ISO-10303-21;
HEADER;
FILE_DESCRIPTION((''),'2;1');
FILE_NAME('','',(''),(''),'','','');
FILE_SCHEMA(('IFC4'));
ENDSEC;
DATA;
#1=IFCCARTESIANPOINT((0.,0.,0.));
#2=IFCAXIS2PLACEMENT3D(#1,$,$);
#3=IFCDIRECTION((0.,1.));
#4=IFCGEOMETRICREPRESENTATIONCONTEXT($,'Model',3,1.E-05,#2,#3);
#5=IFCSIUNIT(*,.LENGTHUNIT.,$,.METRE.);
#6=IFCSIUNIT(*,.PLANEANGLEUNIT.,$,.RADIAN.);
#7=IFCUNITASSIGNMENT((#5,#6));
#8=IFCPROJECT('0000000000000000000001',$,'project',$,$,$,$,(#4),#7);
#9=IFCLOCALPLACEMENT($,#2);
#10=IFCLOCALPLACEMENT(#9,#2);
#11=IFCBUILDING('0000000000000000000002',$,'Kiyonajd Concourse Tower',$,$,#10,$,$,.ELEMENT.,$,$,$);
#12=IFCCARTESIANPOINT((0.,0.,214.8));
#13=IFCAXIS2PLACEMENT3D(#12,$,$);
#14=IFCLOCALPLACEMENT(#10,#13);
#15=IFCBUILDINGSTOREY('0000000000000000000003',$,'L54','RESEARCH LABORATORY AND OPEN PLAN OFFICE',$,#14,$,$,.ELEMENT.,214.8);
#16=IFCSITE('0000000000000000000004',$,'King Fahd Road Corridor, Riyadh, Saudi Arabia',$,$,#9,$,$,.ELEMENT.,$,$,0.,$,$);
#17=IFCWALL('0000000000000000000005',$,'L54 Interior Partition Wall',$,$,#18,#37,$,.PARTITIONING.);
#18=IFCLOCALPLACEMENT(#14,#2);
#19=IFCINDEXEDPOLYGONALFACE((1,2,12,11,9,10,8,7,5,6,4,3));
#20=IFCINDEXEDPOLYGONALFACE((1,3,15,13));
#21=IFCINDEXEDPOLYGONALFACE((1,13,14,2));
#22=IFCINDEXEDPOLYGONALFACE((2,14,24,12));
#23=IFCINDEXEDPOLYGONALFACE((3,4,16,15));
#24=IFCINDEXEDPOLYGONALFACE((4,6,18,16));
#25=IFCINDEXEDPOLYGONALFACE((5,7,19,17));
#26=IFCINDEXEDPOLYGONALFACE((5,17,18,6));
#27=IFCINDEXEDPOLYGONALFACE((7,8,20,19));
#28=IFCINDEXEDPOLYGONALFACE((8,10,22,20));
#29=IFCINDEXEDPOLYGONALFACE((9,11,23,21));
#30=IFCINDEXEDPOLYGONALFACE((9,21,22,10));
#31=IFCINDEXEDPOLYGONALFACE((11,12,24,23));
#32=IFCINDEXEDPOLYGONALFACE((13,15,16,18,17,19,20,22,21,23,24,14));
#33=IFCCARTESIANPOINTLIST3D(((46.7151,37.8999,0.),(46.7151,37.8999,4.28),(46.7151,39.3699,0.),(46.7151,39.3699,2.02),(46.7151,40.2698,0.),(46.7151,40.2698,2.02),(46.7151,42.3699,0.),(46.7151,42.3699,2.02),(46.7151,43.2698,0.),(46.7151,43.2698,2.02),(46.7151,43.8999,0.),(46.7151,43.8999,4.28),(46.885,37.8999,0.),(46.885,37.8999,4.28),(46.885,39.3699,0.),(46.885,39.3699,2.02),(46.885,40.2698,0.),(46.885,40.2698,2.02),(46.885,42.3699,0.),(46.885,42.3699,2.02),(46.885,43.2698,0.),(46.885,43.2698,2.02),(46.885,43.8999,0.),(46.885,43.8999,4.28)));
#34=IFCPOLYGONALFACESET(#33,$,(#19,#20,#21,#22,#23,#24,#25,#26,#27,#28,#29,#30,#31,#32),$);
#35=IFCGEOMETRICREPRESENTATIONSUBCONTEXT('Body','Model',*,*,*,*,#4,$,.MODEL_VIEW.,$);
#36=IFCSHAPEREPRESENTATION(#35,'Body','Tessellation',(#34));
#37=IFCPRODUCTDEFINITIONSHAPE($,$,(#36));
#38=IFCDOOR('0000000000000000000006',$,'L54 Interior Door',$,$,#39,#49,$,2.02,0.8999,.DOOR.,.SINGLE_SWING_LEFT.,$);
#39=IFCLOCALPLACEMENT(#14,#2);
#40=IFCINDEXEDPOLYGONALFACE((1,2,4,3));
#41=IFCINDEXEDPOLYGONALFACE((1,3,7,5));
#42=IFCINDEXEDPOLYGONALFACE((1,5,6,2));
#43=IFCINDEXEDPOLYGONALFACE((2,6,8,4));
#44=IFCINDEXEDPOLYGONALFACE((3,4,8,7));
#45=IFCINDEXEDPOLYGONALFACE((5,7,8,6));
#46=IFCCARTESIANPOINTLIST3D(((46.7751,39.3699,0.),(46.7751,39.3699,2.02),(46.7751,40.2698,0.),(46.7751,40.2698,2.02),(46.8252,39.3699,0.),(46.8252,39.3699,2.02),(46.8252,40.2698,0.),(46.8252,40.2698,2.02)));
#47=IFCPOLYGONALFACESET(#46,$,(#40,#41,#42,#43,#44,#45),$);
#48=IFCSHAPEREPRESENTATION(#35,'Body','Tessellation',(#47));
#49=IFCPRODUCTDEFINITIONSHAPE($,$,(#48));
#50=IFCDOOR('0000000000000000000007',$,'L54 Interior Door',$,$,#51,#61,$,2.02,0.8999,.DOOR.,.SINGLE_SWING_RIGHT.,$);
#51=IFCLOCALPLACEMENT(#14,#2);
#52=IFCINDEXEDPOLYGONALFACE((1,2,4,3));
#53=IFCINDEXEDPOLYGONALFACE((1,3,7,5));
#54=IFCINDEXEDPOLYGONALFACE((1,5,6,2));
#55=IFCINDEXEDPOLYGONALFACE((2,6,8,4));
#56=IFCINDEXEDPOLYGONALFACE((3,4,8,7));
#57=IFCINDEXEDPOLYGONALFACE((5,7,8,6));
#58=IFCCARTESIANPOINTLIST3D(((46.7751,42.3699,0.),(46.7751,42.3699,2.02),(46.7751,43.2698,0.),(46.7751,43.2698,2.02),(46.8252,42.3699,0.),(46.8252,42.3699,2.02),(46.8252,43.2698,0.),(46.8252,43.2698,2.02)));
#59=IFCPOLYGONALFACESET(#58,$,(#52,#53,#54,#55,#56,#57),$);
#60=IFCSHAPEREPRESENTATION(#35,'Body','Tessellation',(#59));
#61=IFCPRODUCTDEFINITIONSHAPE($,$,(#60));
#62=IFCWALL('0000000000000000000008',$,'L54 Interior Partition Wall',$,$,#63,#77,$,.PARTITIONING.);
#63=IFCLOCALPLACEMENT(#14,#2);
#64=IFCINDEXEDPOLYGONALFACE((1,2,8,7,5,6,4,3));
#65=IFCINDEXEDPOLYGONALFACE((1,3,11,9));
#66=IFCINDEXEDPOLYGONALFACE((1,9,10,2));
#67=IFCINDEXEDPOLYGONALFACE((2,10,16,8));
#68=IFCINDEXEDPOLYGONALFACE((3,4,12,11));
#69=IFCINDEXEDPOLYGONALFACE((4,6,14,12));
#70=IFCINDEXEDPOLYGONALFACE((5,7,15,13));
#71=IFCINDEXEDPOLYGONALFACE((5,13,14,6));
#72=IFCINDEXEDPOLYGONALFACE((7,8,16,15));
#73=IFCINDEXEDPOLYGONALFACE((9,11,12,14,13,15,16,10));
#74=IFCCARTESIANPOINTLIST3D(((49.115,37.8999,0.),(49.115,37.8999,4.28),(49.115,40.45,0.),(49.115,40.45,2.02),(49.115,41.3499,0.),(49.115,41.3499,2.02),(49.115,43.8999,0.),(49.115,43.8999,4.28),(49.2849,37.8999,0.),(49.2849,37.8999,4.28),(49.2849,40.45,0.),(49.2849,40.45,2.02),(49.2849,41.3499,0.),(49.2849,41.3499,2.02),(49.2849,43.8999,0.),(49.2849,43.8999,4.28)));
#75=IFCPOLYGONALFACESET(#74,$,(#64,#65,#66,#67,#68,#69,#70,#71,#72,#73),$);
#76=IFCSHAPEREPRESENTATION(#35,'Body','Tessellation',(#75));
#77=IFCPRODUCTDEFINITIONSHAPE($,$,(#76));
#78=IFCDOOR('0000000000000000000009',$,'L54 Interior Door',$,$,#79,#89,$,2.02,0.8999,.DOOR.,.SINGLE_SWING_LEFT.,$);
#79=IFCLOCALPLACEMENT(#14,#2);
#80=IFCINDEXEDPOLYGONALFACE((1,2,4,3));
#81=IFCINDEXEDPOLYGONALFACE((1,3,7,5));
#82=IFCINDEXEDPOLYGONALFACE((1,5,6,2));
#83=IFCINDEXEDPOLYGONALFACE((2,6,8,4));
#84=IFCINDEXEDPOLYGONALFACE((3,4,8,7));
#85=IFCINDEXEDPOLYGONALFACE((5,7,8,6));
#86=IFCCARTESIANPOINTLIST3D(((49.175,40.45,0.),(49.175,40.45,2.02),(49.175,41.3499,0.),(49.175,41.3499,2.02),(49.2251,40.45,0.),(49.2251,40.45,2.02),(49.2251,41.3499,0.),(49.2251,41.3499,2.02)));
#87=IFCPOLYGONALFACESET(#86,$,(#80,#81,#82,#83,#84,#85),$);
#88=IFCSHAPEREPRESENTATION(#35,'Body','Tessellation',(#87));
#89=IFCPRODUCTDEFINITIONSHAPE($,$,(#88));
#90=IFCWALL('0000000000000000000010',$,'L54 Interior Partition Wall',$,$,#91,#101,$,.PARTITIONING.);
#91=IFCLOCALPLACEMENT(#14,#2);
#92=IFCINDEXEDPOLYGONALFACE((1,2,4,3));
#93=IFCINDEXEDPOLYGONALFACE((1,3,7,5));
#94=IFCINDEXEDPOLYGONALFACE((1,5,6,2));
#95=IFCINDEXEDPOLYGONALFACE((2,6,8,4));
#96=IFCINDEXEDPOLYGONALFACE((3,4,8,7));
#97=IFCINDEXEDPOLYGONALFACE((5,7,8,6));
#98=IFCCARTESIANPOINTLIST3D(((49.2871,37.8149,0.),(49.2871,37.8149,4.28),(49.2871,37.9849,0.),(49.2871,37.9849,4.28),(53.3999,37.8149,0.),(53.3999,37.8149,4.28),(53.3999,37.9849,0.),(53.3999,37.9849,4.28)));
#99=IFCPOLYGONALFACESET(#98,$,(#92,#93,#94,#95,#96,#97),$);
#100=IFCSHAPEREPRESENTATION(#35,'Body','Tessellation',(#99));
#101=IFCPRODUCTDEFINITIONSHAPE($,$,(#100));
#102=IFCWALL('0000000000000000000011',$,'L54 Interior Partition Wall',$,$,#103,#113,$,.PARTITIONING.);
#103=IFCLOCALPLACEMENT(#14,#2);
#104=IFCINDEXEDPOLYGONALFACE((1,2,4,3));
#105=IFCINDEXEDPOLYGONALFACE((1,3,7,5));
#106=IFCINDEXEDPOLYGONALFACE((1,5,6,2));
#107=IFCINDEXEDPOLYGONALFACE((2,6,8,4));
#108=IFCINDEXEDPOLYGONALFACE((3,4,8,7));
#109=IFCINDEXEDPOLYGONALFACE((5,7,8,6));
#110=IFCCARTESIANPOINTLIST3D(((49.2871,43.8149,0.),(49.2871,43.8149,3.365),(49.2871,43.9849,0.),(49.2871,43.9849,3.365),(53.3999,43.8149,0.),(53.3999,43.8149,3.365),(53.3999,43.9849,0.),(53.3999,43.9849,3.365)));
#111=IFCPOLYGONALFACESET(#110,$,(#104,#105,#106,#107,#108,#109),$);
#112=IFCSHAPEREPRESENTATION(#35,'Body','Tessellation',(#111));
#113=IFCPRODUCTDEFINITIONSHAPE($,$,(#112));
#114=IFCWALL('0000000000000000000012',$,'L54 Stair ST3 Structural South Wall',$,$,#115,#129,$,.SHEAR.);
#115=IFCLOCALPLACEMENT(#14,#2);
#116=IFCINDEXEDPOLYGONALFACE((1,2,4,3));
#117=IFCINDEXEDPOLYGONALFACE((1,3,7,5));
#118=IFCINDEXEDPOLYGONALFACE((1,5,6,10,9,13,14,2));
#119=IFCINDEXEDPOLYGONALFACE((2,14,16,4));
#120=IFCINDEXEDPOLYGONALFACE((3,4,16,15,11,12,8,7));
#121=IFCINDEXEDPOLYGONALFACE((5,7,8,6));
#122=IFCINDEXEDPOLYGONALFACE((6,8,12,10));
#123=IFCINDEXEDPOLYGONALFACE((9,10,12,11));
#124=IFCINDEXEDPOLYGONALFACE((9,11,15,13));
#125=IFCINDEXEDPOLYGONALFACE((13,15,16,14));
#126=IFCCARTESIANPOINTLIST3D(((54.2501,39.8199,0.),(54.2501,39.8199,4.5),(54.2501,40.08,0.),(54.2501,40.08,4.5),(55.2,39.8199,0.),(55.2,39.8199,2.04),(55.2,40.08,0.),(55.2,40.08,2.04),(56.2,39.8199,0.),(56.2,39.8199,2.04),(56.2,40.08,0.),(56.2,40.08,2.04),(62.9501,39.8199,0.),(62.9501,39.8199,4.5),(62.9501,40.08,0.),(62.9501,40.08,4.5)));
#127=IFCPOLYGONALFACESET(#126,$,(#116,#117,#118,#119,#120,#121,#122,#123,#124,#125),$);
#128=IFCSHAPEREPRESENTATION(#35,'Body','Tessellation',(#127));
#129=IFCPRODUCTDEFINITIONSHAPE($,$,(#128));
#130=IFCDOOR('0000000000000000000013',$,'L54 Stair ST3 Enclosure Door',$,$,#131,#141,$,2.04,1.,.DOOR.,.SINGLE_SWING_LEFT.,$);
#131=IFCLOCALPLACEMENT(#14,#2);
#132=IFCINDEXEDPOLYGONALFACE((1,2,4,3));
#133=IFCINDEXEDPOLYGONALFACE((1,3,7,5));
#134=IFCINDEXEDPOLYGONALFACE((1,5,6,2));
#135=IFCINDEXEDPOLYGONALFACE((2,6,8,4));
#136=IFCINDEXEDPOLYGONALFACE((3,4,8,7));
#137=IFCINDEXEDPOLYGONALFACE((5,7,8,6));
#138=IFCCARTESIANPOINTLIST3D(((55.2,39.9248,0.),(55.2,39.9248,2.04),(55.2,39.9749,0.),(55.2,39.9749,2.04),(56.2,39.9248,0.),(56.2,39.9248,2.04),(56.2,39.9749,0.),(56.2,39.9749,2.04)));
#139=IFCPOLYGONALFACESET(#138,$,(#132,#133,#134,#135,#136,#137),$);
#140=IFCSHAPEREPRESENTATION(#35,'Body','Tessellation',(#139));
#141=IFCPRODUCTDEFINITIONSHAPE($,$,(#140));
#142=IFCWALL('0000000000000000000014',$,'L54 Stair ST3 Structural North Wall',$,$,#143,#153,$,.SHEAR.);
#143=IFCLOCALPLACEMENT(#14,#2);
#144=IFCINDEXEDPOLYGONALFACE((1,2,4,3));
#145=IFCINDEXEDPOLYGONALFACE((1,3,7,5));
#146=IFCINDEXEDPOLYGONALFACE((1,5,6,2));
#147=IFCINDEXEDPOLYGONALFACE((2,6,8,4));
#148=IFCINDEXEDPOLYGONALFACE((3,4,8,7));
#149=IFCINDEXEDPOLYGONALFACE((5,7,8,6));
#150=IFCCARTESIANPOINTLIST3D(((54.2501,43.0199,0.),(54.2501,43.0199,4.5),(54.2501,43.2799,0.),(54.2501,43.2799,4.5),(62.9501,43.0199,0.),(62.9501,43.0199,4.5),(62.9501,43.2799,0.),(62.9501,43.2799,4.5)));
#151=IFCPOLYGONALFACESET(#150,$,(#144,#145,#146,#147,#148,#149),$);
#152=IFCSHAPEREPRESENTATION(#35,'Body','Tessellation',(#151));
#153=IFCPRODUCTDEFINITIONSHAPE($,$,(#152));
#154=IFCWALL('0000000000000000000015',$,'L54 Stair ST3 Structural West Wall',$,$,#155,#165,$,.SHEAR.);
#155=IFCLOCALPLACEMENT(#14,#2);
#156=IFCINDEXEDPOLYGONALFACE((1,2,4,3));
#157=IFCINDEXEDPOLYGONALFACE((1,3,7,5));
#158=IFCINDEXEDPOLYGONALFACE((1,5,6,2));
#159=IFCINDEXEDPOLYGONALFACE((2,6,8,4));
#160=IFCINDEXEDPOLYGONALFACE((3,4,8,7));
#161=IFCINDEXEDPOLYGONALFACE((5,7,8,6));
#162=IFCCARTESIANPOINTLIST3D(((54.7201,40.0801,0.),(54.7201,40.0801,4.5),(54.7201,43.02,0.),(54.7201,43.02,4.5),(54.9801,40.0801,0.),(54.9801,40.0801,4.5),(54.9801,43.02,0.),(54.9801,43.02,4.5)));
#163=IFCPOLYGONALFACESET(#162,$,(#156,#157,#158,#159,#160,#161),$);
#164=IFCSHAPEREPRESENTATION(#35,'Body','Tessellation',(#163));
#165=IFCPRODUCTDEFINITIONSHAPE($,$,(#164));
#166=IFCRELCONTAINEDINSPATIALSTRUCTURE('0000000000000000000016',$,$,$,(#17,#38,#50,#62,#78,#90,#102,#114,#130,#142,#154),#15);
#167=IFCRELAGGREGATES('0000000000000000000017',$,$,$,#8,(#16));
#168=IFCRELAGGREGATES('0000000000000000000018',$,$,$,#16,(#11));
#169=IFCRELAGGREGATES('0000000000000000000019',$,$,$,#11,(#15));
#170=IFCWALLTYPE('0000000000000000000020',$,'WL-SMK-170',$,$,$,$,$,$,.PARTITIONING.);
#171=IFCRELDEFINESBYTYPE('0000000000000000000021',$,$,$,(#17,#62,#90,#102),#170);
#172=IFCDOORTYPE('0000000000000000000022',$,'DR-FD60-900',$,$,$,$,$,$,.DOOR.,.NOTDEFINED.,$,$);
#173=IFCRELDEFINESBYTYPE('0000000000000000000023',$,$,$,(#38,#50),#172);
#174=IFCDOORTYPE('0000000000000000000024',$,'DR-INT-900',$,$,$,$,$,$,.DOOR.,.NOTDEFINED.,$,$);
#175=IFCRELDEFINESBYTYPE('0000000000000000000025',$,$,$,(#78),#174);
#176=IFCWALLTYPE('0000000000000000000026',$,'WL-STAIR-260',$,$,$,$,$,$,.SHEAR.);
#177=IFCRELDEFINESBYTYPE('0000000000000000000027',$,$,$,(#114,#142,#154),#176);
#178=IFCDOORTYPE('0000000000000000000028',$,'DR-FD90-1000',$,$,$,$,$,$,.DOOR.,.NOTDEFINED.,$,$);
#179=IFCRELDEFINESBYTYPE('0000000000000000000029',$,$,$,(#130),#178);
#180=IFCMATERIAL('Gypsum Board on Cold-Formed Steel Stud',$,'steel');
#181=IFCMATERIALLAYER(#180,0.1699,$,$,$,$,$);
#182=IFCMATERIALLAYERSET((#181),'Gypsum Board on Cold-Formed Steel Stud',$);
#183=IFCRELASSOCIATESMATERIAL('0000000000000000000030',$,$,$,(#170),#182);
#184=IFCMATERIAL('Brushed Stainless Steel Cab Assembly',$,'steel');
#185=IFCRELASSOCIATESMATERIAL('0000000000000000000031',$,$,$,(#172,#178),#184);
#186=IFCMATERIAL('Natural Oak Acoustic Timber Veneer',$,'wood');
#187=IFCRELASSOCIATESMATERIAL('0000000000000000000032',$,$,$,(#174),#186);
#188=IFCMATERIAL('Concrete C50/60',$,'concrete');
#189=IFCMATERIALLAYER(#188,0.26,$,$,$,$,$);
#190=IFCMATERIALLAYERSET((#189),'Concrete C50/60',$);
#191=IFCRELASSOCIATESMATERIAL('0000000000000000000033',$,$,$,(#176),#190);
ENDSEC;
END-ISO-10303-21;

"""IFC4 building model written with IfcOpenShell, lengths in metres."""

from ifc_helpers import new_model, si_unit, direction, frame, frame_2d, origin, place, context, subcontext, project, spatial, rectangle, extrude, material, layer, layer_set, type_object, element, fill, save


model = new_model("IFC4")

# Units and contexts
model_context = context("Model", 3, precision=1e-05, world=origin(), true_north=direction((0.0, 1.0)))
body_context = subcontext(model_context, "Body", "Model", "MODEL_VIEW")
ifc_project = project(units=[si_unit("LENGTHUNIT", "METRE"), si_unit("PLANEANGLEUNIT", "RADIAN")], contexts=[model_context])

# Site, building, storey
site_placement = place(None, origin())
site = spatial("IfcSite", under=ifc_project, at=site_placement, Name="King Fahd Road Corridor, Riyadh, Saudi Arabia", CompositionType="ELEMENT", RefElevation=0.0)
building_placement = place(site_placement, origin())
building = spatial("IfcBuilding", under=site, at=building_placement, Name="Kiyonajd Concourse Tower", CompositionType="ELEMENT")
storey_placement = place(building_placement, frame((0.0, 0.0, 214.8)))
storey = spatial("IfcBuildingStorey", under=building, at=storey_placement, Name="L54", Description="RESEARCH LABORATORY AND OPEN PLAN OFFICE", CompositionType="ELEMENT", Elevation=214.8)

# Shared definitions
ifc_material_1 = material(Name="Concrete C50/60", Category="concrete")

# Shared definitions
ifc_material_2 = material(Name="Gypsum Board on Cold-Formed Steel Stud", Category="steel")

# Wall, openings, doors
ifc_layer_1 = layer(ifc_material_2, 0.1699)
ifc_layer_set_1 = layer_set([ifc_layer_1], Name="Gypsum Board on Cold-Formed Steel Stud")
wall_type_1 = type_object("IfcWallType", Name="WL-SMK-170", PredefinedType="PARTITIONING", material=ifc_layer_set_1)
wall_1_placement = place(storey_placement, frame((46.8, 37.8999, 0.0), z_axis=(0.0, 0.0, 1.0), x_axis=(0.0, 1.0, 0.0)))
wall_1 = element("IfcWall", 1, at=wall_1_placement, inside=storey, type_object=wall_type_1, Name="L54 Interior Partition Wall", PredefinedType="PARTITIONING", context=body_context, shape_type="SweptSolid", body=[
    extrude(rectangle(XDim=6.0, YDim=0.1699, at=frame_2d((3.0, 0.0))), origin(), (0.0, 0.0, 1.0), 4.28),
])
opening_1_placement = place(wall_1_placement, frame((1.47, 0.0, 0.0)))
opening_1 = element("IfcOpeningElement", 2, at=opening_1_placement, cuts=wall_1, PredefinedType="OPENING", context=body_context, shape_type="SweptSolid", body=[
    extrude(rectangle(XDim=0.8999, YDim=2.02, at=frame_2d((0.45, 1.01))), frame((0.0, 0.095, 0.0), z_axis=(0.0, -1.0, 0.0), x_axis=(1.0, 0.0, 0.0)), (0.0, 0.0, 1.0), 0.1899),
])
opening_2_placement = place(wall_1_placement, frame((4.47, 0.0, 0.0)))
opening_2 = element("IfcOpeningElement", 3, at=opening_2_placement, cuts=wall_1, PredefinedType="OPENING", context=body_context, shape_type="SweptSolid", body=[
    extrude(rectangle(XDim=0.8999, YDim=2.02, at=frame_2d((0.45, 1.01))), frame((0.0, 0.095, 0.0), z_axis=(0.0, -1.0, 0.0), x_axis=(1.0, 0.0, 0.0)), (0.0, 0.0, 1.0), 0.1899),
])
ifc_material_3 = material(Name="Brushed Stainless Steel Cab Assembly", Category="steel")
door_type_1 = type_object("IfcDoorType", Name="DR-FD60-900", OperationType="NOTDEFINED", PredefinedType="DOOR", material=ifc_material_3)
door_1_placement = place(opening_1_placement, origin())
door_1 = element("IfcDoor", 4, at=door_1_placement, inside=storey, type_object=door_type_1, Name="L54 Interior Door", OperationType="SINGLE_SWING_LEFT", OverallHeight=2.02, OverallWidth=0.8999, PredefinedType="DOOR", context=body_context, shape_type="SweptSolid", body=[
    extrude(rectangle(XDim=0.8999, YDim=2.02, at=frame_2d((0.45, 1.01))), frame((0.0, 0.0249, 0.0), z_axis=(0.0, -1.0, 0.0), x_axis=(1.0, 0.0, 0.0)), (0.0, 0.0, 1.0), 0.05),
])
fill(opening_1, door_1)
door_2_placement = place(opening_2_placement, origin())
door_2 = element("IfcDoor", 5, at=door_2_placement, inside=storey, type_object=door_type_1, Name="L54 Interior Door", OperationType="SINGLE_SWING_RIGHT", OverallHeight=2.02, OverallWidth=0.8999, PredefinedType="DOOR", context=body_context, shape_type="SweptSolid", body=[
    extrude(rectangle(XDim=0.8999, YDim=2.02, at=frame_2d((0.45, 1.01))), frame((0.0, 0.0249, 0.0), z_axis=(0.0, -1.0, 0.0), x_axis=(1.0, 0.0, 0.0)), (0.0, 0.0, 1.0), 0.05),
])
fill(opening_2, door_2)

# Wall, opening, door
wall_2_placement = place(storey_placement, frame((49.2, 37.8999, 0.0), z_axis=(0.0, 0.0, 1.0), x_axis=(0.0, 1.0, 0.0)))
wall_2 = element("IfcWall", 6, at=wall_2_placement, inside=storey, type_object=wall_type_1, Name="L54 Interior Partition Wall", PredefinedType="PARTITIONING", context=body_context, shape_type="SweptSolid", body=[
    extrude(rectangle(XDim=6.0, YDim=0.1699, at=frame_2d((3.0, 0.0))), origin(), (0.0, 0.0, 1.0), 4.28),
])
opening_3_placement = place(wall_2_placement, frame((2.55, 0.0, 0.0)))
opening_3 = element("IfcOpeningElement", 7, at=opening_3_placement, cuts=wall_2, PredefinedType="OPENING", context=body_context, shape_type="SweptSolid", body=[
    extrude(rectangle(XDim=0.8999, YDim=2.02, at=frame_2d((0.45, 1.01))), frame((0.0, 0.095, 0.0), z_axis=(0.0, -1.0, 0.0), x_axis=(1.0, 0.0, 0.0)), (0.0, 0.0, 1.0), 0.1899),
])
ifc_material_4 = material(Name="Natural Oak Acoustic Timber Veneer", Category="wood")
door_type_2 = type_object("IfcDoorType", Name="DR-INT-900", OperationType="NOTDEFINED", PredefinedType="DOOR", material=ifc_material_4)
door_3_placement = place(opening_3_placement, origin())
door_3 = element("IfcDoor", 8, at=door_3_placement, inside=storey, type_object=door_type_2, Name="L54 Interior Door", OperationType="SINGLE_SWING_LEFT", OverallHeight=2.02, OverallWidth=0.8999, PredefinedType="DOOR", context=body_context, shape_type="SweptSolid", body=[
    extrude(rectangle(XDim=0.8999, YDim=2.02, at=frame_2d((0.45, 1.01))), frame((0.0, 0.0249, 0.0), z_axis=(0.0, -1.0, 0.0), x_axis=(1.0, 0.0, 0.0)), (0.0, 0.0, 1.0), 0.05),
])
fill(opening_3, door_3)

# Walls
wall_3_placement = place(storey_placement, frame((49.2871, 37.8999, 0.0), z_axis=(0.0, 0.0, 1.0), x_axis=(1.0, 0.0, 0.0)))
element("IfcWall", 9, at=wall_3_placement, inside=storey, type_object=wall_type_1, Name="L54 Interior Partition Wall", PredefinedType="PARTITIONING", context=body_context, shape_type="SweptSolid", body=[
    extrude(rectangle(XDim=4.1128, YDim=0.1699, at=frame_2d((2.0564, 0.0))), origin(), (0.0, 0.0, 1.0), 4.28),
])
wall_4_placement = place(storey_placement, frame((49.2871, 43.8999, 0.0), z_axis=(0.0, 0.0, 1.0), x_axis=(1.0, 0.0, 0.0)))
element("IfcWall", 10, at=wall_4_placement, inside=storey, type_object=wall_type_1, Name="L54 Interior Partition Wall", PredefinedType="PARTITIONING", context=body_context, shape_type="SweptSolid", body=[
    extrude(rectangle(XDim=4.1128, YDim=0.1699, at=frame_2d((2.0564, 0.0))), origin(), (0.0, 0.0, 1.0), 3.365),
])

# Wall, opening, door
ifc_layer_2 = layer(ifc_material_1, 0.26)
ifc_layer_set_2 = layer_set([ifc_layer_2], Name="Concrete C50/60")
wall_type_2 = type_object("IfcWallType", Name="WL-STAIR-260", PredefinedType="SHEAR", material=ifc_layer_set_2)
wall_5_placement = place(storey_placement, frame((54.25, 39.95, 0.0), z_axis=(0.0, 0.0, 1.0), x_axis=(1.0, 0.0, 0.0)))
wall_5 = element("IfcWall", 11, at=wall_5_placement, inside=storey, type_object=wall_type_2, Name="L54 Stair ST3 Structural South Wall", PredefinedType="SHEAR", context=body_context, shape_type="SweptSolid", body=[
    extrude(rectangle(XDim=8.7, YDim=0.26, at=frame_2d((4.3501, 0.0))), origin(), (0.0, 0.0, 1.0), 4.5),
])
opening_4_placement = place(wall_5_placement, frame((0.95, 0.0, 0.0)))
opening_4 = element("IfcOpeningElement", 12, at=opening_4_placement, cuts=wall_5, PredefinedType="OPENING", context=body_context, shape_type="SweptSolid", body=[
    extrude(rectangle(XDim=1.0, YDim=2.04, at=frame_2d((0.5, 1.02))), frame((0.0, 0.1399, 0.0), z_axis=(0.0, -1.0, 0.0), x_axis=(1.0, 0.0, 0.0)), (0.0, 0.0, 1.0), 0.28),
])
door_type_3 = type_object("IfcDoorType", Name="DR-FD90-1000", OperationType="NOTDEFINED", PredefinedType="DOOR", material=ifc_material_3)
door_4_placement = place(opening_4_placement, origin())
door_4 = element("IfcDoor", 13, at=door_4_placement, inside=storey, type_object=door_type_3, Name="L54 Stair ST3 Enclosure Door", OperationType="SINGLE_SWING_LEFT", OverallHeight=2.04, OverallWidth=1.0, PredefinedType="DOOR", context=body_context, shape_type="SweptSolid", body=[
    extrude(rectangle(XDim=1.0, YDim=2.04, at=frame_2d((0.5, 1.02))), frame((0.0, 0.0249, 0.0), z_axis=(0.0, -1.0, 0.0), x_axis=(1.0, 0.0, 0.0)), (0.0, 0.0, 1.0), 0.05),
])
fill(opening_4, door_4)

# Walls
wall_6_placement = place(storey_placement, frame((54.25, 43.1499, 0.0), z_axis=(0.0, 0.0, 1.0), x_axis=(1.0, 0.0, 0.0)))
element("IfcWall", 14, at=wall_6_placement, inside=storey, type_object=wall_type_2, Name="L54 Stair ST3 Structural North Wall", PredefinedType="SHEAR", context=body_context, shape_type="SweptSolid", body=[
    extrude(rectangle(XDim=8.7, YDim=0.26, at=frame_2d((4.3501, 0.0))), origin(), (0.0, 0.0, 1.0), 4.5),
])
wall_7_placement = place(storey_placement, frame((54.8501, 40.0801, 0.0), z_axis=(0.0, 0.0, 1.0), x_axis=(0.0, 1.0, 0.0)))
element("IfcWall", 15, at=wall_7_placement, inside=storey, type_object=wall_type_2, Name="L54 Stair ST3 Structural West Wall", PredefinedType="SHEAR", context=body_context, shape_type="SweptSolid", body=[
    extrude(rectangle(XDim=2.9399, YDim=0.26, at=frame_2d((1.47, 0.0))), origin(), (0.0, 0.0, 1.0), 4.5),
])

save(model, "model.ifc")
